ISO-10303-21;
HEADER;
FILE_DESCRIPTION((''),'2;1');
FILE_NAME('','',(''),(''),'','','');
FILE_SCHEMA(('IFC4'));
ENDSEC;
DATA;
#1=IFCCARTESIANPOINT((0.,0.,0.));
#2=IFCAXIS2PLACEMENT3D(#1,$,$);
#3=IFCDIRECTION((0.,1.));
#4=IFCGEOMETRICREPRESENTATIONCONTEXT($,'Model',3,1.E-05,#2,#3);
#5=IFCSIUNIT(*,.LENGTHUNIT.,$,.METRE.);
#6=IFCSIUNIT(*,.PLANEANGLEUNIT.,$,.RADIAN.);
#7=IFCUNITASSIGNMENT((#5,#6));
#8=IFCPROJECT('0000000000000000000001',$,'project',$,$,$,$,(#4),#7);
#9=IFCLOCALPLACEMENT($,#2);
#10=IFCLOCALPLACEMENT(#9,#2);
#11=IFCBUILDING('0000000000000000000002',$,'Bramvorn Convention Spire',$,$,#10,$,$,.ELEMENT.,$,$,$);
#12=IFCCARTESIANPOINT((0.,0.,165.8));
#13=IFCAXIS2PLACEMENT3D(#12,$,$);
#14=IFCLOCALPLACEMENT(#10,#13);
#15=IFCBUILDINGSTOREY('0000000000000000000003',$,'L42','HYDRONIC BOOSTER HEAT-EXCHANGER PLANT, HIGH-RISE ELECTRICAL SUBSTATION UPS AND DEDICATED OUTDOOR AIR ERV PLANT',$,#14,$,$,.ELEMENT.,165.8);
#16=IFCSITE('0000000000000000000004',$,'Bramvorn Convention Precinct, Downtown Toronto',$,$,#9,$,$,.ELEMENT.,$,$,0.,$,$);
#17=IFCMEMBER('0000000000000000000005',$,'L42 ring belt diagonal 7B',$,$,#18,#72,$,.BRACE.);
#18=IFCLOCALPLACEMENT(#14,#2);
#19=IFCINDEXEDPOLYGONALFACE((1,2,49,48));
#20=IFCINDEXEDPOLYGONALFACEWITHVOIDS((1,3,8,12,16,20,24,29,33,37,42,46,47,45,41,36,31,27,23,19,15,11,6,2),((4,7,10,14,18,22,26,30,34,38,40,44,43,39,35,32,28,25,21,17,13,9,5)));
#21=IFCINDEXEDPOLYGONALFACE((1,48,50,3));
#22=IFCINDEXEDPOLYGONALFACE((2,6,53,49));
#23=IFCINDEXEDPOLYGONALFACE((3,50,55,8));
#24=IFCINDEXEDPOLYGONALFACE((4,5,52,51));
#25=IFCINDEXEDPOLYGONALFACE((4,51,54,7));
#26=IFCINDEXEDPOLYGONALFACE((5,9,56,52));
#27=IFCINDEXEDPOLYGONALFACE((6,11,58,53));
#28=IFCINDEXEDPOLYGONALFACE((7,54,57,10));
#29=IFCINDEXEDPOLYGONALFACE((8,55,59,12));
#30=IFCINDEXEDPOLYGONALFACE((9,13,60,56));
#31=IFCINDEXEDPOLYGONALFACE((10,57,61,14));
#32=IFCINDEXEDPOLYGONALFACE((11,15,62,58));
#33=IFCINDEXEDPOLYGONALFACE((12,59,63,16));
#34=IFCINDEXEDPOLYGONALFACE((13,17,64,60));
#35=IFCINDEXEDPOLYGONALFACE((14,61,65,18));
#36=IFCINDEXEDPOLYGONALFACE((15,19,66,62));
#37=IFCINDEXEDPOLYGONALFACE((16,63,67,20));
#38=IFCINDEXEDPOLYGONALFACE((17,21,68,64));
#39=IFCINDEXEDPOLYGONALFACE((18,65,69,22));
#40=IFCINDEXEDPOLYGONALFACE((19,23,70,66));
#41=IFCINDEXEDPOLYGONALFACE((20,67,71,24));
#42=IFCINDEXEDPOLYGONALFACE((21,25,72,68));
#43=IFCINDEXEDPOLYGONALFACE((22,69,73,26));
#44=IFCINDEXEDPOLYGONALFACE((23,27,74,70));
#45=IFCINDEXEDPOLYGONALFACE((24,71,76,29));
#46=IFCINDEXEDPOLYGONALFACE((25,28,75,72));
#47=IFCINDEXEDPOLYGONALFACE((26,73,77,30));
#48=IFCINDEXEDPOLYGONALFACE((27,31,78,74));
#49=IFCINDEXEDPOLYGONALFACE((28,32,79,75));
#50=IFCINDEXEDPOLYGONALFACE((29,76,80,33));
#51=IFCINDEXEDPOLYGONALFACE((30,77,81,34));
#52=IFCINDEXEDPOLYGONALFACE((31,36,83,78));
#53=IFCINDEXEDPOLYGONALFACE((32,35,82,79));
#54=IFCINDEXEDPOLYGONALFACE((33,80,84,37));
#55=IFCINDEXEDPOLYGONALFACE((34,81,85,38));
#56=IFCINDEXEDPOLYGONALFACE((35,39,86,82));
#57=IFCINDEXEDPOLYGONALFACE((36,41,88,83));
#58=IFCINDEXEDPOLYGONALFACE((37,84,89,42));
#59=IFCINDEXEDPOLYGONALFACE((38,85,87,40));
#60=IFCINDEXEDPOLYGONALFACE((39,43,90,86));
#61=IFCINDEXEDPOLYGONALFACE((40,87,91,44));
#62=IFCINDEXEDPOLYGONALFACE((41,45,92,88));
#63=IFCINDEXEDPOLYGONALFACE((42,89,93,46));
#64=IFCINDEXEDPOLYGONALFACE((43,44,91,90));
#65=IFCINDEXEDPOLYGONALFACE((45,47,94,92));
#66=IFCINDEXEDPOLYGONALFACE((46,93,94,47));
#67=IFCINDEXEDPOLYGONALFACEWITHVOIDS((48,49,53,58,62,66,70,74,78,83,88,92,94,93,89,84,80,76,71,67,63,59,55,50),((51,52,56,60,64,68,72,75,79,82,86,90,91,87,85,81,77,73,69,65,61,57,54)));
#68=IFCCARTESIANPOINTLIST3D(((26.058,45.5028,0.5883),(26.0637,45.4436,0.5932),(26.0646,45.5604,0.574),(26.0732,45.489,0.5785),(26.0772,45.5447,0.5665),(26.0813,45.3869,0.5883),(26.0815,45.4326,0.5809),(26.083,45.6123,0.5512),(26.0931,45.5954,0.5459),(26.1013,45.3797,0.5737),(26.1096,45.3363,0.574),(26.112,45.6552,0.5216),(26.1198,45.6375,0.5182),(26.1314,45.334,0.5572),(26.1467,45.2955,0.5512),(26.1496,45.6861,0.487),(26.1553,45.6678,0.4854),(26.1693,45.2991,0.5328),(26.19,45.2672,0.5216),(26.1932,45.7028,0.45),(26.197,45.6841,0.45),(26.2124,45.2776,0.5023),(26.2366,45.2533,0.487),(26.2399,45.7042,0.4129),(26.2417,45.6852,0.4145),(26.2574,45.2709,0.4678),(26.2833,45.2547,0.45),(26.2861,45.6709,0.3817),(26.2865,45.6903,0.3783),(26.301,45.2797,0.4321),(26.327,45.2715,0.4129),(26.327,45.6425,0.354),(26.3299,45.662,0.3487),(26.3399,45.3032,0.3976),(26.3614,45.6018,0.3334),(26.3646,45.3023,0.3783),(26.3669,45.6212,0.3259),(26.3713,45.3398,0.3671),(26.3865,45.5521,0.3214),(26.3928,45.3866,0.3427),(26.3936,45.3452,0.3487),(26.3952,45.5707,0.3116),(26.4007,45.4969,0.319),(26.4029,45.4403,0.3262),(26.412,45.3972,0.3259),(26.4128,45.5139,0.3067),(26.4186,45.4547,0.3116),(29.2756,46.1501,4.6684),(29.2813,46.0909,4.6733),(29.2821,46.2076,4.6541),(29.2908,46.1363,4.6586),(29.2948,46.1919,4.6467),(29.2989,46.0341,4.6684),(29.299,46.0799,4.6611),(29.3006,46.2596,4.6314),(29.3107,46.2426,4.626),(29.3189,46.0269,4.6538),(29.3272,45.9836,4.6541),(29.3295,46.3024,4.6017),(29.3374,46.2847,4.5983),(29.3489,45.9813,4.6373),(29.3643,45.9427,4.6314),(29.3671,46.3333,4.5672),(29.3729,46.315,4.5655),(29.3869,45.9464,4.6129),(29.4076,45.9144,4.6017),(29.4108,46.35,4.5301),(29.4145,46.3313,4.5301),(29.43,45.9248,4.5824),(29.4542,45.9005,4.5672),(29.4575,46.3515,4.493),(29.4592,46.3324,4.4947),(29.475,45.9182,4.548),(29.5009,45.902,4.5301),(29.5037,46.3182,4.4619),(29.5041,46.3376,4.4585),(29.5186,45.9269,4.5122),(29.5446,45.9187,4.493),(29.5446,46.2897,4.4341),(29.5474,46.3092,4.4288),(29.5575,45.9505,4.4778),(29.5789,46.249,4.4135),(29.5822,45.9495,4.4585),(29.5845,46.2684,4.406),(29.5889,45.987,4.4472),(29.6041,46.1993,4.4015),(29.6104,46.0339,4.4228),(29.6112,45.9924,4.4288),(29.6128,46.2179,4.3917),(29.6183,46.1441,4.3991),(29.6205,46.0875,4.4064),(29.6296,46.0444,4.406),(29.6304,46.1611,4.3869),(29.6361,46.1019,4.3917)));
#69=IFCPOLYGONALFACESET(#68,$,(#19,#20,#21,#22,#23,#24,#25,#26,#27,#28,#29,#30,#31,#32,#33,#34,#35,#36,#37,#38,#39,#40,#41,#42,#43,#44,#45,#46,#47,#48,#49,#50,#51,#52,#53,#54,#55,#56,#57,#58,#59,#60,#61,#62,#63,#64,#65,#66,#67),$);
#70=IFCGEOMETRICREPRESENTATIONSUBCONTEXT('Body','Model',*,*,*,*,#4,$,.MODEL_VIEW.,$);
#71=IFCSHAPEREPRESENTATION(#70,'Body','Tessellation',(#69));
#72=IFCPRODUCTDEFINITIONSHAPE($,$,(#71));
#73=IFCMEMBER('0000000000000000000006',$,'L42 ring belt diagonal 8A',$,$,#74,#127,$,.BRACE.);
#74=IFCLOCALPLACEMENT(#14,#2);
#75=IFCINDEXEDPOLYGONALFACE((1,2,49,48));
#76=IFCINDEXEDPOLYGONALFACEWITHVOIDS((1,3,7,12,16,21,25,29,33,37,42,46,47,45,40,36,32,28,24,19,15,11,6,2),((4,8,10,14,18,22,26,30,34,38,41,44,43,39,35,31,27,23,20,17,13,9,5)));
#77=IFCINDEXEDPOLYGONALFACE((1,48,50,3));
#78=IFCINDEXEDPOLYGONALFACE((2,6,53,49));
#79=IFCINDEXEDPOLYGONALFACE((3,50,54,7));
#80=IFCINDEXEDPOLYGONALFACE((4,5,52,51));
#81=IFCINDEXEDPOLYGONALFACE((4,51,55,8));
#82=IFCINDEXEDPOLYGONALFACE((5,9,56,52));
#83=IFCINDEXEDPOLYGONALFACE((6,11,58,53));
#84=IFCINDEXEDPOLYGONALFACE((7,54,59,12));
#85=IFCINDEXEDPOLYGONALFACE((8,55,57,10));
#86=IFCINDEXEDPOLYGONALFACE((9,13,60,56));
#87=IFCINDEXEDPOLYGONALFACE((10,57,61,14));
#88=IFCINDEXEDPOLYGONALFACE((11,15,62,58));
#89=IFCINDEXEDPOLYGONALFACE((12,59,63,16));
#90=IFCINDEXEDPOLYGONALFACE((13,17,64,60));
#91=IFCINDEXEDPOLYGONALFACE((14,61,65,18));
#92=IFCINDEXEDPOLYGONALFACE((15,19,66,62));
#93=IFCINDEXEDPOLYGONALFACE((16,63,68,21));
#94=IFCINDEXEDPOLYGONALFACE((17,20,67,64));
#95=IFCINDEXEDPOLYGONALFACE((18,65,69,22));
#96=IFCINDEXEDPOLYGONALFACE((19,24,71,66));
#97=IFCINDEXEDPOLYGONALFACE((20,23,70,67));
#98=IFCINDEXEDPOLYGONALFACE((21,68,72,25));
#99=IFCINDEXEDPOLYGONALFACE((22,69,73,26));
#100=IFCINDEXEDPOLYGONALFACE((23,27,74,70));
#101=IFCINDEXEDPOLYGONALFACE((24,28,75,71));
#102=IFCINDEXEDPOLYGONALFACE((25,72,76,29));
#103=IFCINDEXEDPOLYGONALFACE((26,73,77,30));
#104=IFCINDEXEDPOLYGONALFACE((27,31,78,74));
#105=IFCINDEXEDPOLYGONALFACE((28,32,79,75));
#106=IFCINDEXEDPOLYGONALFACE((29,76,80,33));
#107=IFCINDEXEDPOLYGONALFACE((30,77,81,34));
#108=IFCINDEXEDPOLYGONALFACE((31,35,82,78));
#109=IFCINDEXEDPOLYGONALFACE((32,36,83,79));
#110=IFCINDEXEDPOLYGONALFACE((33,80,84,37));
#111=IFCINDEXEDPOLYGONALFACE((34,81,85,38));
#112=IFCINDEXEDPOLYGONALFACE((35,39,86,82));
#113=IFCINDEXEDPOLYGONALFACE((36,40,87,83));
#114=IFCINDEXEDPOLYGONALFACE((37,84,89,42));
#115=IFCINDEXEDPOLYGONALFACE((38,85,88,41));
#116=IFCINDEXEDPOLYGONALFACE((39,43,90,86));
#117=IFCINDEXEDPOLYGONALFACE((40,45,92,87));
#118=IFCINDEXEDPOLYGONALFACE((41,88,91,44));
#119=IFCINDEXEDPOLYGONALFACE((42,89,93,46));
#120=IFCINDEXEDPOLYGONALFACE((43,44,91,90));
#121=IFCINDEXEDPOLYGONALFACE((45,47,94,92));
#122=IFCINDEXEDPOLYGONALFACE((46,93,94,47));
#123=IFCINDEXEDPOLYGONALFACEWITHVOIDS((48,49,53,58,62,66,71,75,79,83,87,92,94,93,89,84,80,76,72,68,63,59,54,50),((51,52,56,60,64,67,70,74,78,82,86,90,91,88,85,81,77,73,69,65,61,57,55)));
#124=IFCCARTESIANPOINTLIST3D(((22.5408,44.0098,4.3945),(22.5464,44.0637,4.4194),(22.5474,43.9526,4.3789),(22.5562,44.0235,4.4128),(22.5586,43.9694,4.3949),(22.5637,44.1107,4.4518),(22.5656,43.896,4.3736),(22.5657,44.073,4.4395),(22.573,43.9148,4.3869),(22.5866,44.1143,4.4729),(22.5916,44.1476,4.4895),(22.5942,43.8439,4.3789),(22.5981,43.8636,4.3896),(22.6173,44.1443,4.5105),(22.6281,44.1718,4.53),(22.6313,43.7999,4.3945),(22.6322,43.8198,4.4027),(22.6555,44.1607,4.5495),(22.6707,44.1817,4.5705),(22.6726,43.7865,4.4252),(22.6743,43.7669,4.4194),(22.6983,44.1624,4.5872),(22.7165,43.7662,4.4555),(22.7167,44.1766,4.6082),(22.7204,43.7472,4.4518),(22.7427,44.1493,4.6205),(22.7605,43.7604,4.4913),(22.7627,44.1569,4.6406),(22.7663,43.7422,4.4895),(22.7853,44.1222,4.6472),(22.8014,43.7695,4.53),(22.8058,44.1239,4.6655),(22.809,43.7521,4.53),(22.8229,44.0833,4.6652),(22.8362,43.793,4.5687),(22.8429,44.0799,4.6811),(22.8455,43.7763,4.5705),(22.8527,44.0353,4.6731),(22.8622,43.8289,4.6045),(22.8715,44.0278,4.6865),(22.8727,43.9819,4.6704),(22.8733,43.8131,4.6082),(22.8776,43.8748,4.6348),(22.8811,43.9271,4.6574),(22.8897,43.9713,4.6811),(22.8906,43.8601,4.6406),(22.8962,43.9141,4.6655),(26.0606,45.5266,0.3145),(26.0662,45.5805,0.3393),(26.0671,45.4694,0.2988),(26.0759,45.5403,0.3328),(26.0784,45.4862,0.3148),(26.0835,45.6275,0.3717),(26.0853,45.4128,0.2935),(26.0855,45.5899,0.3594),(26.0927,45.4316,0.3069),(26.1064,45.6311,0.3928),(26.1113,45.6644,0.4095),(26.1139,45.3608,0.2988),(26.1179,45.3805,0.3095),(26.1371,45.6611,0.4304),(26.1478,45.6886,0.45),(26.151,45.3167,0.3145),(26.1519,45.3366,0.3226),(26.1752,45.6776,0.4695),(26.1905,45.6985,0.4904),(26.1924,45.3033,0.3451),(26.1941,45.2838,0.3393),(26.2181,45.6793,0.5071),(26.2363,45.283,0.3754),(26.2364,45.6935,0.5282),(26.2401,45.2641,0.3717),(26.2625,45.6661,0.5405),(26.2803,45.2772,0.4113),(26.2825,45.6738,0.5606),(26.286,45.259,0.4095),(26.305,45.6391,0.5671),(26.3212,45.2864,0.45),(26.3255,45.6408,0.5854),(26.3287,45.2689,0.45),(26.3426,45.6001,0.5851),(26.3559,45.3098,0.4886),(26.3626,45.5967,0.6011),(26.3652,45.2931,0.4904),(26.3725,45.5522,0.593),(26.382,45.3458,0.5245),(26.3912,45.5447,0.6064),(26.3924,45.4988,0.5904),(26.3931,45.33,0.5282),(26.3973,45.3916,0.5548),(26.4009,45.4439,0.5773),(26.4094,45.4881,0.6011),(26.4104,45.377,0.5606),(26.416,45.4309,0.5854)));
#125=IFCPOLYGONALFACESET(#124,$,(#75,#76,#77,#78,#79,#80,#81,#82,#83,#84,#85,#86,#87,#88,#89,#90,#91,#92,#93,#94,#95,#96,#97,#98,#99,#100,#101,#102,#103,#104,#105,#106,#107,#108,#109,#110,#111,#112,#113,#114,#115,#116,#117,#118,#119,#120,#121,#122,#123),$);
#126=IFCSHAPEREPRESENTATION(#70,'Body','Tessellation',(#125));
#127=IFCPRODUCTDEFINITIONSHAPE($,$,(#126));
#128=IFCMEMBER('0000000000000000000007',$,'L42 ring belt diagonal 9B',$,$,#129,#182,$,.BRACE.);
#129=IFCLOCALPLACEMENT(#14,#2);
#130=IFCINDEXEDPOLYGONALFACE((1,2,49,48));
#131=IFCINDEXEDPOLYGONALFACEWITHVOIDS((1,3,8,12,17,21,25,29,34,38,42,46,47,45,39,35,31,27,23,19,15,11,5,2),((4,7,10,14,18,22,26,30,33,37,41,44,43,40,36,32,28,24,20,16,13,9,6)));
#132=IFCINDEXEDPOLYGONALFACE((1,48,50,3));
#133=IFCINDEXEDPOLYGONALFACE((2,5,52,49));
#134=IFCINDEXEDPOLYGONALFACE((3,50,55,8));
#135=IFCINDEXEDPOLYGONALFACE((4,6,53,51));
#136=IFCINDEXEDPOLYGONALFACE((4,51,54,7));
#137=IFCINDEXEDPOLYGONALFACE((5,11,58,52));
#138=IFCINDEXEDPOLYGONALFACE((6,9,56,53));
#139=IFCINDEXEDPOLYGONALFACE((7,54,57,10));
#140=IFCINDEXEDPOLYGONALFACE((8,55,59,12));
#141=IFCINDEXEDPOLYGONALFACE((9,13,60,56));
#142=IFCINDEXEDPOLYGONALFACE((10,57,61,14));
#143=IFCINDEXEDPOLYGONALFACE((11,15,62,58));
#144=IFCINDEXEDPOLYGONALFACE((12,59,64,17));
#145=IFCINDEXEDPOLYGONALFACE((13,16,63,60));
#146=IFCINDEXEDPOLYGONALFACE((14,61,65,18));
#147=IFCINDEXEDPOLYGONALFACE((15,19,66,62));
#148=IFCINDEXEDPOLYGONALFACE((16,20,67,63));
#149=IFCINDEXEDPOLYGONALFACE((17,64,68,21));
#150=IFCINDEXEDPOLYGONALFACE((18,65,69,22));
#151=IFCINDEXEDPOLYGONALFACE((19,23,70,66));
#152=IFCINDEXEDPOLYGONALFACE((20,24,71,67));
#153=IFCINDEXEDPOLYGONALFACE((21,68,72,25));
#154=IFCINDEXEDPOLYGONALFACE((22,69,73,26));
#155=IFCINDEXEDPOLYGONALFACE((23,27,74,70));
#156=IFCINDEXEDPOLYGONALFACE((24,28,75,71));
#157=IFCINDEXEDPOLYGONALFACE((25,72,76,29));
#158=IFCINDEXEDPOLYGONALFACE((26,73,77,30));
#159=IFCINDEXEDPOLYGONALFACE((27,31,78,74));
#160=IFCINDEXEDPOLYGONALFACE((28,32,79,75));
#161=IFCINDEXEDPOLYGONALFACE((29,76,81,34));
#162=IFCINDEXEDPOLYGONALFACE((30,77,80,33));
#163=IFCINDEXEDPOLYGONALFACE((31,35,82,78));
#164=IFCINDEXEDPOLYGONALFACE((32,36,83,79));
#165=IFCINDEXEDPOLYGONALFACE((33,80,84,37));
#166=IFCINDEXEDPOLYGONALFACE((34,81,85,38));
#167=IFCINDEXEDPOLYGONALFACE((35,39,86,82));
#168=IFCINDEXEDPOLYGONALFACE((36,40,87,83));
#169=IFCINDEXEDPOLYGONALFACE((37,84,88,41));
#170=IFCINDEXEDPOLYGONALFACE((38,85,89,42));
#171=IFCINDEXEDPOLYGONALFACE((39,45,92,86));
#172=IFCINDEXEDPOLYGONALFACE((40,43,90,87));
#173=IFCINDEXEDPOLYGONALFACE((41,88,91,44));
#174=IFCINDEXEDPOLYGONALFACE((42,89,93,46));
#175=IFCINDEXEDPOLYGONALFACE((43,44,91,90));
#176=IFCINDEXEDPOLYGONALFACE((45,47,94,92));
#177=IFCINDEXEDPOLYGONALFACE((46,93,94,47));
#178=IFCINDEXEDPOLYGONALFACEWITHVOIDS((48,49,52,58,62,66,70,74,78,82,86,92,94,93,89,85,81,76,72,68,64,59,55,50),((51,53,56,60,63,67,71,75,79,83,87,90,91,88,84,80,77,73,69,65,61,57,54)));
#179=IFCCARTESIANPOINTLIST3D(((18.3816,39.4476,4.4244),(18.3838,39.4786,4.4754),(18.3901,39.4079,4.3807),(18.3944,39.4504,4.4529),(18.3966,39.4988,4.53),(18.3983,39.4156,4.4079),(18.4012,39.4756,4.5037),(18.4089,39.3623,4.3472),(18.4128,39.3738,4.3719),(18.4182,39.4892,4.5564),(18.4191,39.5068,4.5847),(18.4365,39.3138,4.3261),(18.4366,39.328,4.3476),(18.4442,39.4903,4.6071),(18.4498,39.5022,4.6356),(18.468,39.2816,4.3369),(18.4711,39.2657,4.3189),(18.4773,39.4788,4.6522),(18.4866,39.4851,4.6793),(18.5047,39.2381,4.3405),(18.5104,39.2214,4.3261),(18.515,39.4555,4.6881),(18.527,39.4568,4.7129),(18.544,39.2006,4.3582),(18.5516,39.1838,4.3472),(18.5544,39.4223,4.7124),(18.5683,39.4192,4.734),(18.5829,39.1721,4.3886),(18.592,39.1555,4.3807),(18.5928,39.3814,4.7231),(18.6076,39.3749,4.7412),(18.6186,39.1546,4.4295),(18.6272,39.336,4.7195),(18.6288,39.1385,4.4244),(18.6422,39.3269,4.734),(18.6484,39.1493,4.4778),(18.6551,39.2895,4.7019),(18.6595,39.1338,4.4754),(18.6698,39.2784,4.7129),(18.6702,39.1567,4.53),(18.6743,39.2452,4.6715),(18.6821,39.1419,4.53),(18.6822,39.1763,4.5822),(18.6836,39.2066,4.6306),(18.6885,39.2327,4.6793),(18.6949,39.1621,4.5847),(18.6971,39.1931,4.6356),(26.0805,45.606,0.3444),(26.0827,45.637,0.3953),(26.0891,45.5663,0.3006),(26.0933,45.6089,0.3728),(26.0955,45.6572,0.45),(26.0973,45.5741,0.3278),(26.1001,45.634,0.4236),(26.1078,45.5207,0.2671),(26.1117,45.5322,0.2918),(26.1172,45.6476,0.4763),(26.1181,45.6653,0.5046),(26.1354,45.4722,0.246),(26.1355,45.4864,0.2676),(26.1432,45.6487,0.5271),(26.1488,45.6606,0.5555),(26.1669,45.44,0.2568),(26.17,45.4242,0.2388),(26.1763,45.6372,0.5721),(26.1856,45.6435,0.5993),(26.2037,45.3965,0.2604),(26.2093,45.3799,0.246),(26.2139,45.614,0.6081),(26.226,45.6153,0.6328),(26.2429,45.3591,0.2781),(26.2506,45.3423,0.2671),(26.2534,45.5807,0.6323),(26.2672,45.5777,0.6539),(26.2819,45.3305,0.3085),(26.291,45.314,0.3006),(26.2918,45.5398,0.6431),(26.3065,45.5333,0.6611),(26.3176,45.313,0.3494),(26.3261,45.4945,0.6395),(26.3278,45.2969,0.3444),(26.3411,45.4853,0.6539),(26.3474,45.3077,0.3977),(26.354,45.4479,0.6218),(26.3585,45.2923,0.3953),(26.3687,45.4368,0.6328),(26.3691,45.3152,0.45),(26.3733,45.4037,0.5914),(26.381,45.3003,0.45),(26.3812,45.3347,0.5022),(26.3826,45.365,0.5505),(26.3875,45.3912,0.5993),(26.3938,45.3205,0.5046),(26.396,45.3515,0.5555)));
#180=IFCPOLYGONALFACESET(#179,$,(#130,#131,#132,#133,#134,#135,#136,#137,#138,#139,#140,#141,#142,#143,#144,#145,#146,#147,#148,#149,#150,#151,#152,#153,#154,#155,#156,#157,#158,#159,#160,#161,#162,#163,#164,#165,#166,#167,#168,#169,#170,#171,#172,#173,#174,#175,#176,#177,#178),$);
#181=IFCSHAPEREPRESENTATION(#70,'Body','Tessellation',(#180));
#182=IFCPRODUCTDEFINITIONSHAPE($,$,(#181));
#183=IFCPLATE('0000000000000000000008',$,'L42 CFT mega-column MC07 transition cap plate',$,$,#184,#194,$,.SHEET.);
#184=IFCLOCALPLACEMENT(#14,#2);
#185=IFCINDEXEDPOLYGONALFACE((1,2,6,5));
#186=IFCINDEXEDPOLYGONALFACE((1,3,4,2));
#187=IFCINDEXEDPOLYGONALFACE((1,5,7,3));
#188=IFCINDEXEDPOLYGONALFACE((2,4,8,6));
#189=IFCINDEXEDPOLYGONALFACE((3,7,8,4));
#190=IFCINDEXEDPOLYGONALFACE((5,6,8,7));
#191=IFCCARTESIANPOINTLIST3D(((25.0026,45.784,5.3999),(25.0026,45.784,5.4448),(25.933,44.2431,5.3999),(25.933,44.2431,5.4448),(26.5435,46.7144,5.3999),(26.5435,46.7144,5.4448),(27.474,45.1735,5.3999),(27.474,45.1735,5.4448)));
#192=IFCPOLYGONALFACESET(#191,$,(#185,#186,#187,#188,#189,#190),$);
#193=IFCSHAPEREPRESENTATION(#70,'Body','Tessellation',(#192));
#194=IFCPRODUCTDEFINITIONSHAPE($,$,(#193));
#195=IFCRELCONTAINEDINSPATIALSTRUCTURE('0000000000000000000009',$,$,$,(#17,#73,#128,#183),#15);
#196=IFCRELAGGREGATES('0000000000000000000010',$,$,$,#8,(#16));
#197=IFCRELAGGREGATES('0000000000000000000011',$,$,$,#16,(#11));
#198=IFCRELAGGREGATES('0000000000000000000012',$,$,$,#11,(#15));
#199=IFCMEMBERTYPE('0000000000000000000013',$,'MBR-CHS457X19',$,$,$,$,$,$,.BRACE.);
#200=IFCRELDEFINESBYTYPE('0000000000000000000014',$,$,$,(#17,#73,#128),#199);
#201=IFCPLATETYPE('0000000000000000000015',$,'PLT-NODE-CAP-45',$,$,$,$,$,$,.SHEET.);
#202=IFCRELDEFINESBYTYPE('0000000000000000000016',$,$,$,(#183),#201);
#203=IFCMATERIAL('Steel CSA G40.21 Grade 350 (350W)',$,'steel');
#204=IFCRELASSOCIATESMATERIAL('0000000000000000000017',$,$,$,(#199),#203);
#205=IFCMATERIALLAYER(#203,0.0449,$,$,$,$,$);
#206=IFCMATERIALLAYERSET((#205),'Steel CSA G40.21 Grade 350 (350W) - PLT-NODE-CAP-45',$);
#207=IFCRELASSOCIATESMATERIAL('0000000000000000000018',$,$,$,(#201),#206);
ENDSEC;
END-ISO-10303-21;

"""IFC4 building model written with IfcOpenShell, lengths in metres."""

from ifc_helpers import new_model, si_unit, direction, frame, origin, origin_2d, place, context, subcontext, project, spatial, rectangle, hollow_circle, extrude, material, layer, layer_set, material_profile, profile_set, type_object, element, save


model = new_model("IFC4")

# Units and contexts
model_context = context("Model", 3, precision=1e-05, world=origin(), true_north=direction((0.0, 1.0)))
body_context = subcontext(model_context, "Body", "Model", "MODEL_VIEW")
ifc_project = project(units=[si_unit("LENGTHUNIT", "METRE"), si_unit("PLANEANGLEUNIT", "RADIAN")], contexts=[model_context])

# Site, building, storey
site_placement = place(None, origin())
site = spatial("IfcSite", under=ifc_project, at=site_placement, Name="Bramvorn Convention Precinct, Downtown Toronto", CompositionType="ELEMENT", RefElevation=0.0)
building_placement = place(site_placement, origin())
building = spatial("IfcBuilding", under=site, at=building_placement, Name="Bramvorn Convention Spire", CompositionType="ELEMENT")
storey_placement = place(building_placement, frame((0.0, 0.0, 165.8)))
storey = spatial("IfcBuildingStorey", under=building, at=storey_placement, Name="L42", Description="HYDRONIC BOOSTER HEAT-EXCHANGER PLANT, HIGH-RISE ELECTRICAL SUBSTATION UPS AND DEDICATED OUTDOOR AIR ERV PLANT", CompositionType="ELEMENT", Elevation=165.8)

# Shared definitions
ifc_material_1 = material(Name="Steel CSA G40.21 Grade 350 (350W)", Category="steel")

# Members
ifc_material_profile_1 = material_profile(ifc_material_1, hollow_circle(Radius=0.2285, WallThickness=0.019, at=origin_2d()))
ifc_profile_set_1 = profile_set([ifc_material_profile_1], Name="Steel CSA G40.21 Grade 350 (350W) - CHS457X19")
member_type_1 = type_object("IfcMemberType", Name="MBR-CHS457X19", PredefinedType="BRACE", material=ifc_profile_set_1)
member_1_placement = place(storey_placement, frame((26.2383, 45.4788, 0.45), z_axis=(0.614471, 0.123603, 0.779197), x_axis=(-0.197203, 0.980363, 0.0)))
element("IfcMember", 1, at=member_1_placement, inside=storey, type_object=member_type_1, Name="L42 ring belt diagonal 7B", PredefinedType="BRACE", context=body_context, shape_type="SweptSolid", body=[
    extrude(hollow_circle(Radius=0.2285, WallThickness=0.019, at=origin_2d()), origin(), (0.0, 0.0, 1.0), 5.2363),
])
member_2_placement = place(storey_placement, frame((26.2383, 45.4788, 0.45), z_axis=(-0.628765, -0.270966, 0.728856), x_axis=(0.395764, -0.918352, 0.0)))
element("IfcMember", 2, at=member_2_placement, inside=storey, type_object=member_type_1, Name="L42 ring belt diagonal 8A", PredefinedType="BRACE", context=body_context, shape_type="SweptSolid", body=[
    extrude(hollow_circle(Radius=0.2285, WallThickness=0.019, at=origin_2d()), origin(), (0.0, 0.0, 1.0), 5.5979),
])
member_3_placement = place(storey_placement, frame((26.2383, 45.4788, 0.45), z_axis=(-0.721557, -0.577177, 0.38239), x_axis=(0.62465, -0.780905, 0.0)))
element("IfcMember", 3, at=member_3_placement, inside=storey, type_object=member_type_1, Name="L42 ring belt diagonal 9B", PredefinedType="BRACE", context=body_context, shape_type="SweptSolid", body=[
    extrude(hollow_circle(Radius=0.2285, WallThickness=0.019, at=origin_2d()), origin(), (0.0, 0.0, 1.0), 10.6699),
])

# Plate
ifc_layer_1 = layer(ifc_material_1, 0.0449)
ifc_layer_set_1 = layer_set([ifc_layer_1], Name="Steel CSA G40.21 Grade 350 (350W) - PLT-NODE-CAP-45")
plate_type_1 = type_object("IfcPlateType", Name="PLT-NODE-CAP-45", PredefinedType="SHEET", material=ifc_layer_set_1)
plate_placement = place(storey_placement, frame((26.2383, 45.4788, 5.3999), z_axis=(0.0, 0.0, 1.0), x_axis=(-0.516904, 0.856044, 0.0)))
element("IfcPlate", 4, at=plate_placement, inside=storey, type_object=plate_type_1, Name="L42 CFT mega-column MC07 transition cap plate", PredefinedType="SHEET", context=body_context, shape_type="SweptSolid", body=[
    extrude(rectangle(XDim=1.8, YDim=1.8, at=origin_2d()), origin(), (0.0, 0.0, 1.0), 0.0449),
])

save(model, "model.ifc")
